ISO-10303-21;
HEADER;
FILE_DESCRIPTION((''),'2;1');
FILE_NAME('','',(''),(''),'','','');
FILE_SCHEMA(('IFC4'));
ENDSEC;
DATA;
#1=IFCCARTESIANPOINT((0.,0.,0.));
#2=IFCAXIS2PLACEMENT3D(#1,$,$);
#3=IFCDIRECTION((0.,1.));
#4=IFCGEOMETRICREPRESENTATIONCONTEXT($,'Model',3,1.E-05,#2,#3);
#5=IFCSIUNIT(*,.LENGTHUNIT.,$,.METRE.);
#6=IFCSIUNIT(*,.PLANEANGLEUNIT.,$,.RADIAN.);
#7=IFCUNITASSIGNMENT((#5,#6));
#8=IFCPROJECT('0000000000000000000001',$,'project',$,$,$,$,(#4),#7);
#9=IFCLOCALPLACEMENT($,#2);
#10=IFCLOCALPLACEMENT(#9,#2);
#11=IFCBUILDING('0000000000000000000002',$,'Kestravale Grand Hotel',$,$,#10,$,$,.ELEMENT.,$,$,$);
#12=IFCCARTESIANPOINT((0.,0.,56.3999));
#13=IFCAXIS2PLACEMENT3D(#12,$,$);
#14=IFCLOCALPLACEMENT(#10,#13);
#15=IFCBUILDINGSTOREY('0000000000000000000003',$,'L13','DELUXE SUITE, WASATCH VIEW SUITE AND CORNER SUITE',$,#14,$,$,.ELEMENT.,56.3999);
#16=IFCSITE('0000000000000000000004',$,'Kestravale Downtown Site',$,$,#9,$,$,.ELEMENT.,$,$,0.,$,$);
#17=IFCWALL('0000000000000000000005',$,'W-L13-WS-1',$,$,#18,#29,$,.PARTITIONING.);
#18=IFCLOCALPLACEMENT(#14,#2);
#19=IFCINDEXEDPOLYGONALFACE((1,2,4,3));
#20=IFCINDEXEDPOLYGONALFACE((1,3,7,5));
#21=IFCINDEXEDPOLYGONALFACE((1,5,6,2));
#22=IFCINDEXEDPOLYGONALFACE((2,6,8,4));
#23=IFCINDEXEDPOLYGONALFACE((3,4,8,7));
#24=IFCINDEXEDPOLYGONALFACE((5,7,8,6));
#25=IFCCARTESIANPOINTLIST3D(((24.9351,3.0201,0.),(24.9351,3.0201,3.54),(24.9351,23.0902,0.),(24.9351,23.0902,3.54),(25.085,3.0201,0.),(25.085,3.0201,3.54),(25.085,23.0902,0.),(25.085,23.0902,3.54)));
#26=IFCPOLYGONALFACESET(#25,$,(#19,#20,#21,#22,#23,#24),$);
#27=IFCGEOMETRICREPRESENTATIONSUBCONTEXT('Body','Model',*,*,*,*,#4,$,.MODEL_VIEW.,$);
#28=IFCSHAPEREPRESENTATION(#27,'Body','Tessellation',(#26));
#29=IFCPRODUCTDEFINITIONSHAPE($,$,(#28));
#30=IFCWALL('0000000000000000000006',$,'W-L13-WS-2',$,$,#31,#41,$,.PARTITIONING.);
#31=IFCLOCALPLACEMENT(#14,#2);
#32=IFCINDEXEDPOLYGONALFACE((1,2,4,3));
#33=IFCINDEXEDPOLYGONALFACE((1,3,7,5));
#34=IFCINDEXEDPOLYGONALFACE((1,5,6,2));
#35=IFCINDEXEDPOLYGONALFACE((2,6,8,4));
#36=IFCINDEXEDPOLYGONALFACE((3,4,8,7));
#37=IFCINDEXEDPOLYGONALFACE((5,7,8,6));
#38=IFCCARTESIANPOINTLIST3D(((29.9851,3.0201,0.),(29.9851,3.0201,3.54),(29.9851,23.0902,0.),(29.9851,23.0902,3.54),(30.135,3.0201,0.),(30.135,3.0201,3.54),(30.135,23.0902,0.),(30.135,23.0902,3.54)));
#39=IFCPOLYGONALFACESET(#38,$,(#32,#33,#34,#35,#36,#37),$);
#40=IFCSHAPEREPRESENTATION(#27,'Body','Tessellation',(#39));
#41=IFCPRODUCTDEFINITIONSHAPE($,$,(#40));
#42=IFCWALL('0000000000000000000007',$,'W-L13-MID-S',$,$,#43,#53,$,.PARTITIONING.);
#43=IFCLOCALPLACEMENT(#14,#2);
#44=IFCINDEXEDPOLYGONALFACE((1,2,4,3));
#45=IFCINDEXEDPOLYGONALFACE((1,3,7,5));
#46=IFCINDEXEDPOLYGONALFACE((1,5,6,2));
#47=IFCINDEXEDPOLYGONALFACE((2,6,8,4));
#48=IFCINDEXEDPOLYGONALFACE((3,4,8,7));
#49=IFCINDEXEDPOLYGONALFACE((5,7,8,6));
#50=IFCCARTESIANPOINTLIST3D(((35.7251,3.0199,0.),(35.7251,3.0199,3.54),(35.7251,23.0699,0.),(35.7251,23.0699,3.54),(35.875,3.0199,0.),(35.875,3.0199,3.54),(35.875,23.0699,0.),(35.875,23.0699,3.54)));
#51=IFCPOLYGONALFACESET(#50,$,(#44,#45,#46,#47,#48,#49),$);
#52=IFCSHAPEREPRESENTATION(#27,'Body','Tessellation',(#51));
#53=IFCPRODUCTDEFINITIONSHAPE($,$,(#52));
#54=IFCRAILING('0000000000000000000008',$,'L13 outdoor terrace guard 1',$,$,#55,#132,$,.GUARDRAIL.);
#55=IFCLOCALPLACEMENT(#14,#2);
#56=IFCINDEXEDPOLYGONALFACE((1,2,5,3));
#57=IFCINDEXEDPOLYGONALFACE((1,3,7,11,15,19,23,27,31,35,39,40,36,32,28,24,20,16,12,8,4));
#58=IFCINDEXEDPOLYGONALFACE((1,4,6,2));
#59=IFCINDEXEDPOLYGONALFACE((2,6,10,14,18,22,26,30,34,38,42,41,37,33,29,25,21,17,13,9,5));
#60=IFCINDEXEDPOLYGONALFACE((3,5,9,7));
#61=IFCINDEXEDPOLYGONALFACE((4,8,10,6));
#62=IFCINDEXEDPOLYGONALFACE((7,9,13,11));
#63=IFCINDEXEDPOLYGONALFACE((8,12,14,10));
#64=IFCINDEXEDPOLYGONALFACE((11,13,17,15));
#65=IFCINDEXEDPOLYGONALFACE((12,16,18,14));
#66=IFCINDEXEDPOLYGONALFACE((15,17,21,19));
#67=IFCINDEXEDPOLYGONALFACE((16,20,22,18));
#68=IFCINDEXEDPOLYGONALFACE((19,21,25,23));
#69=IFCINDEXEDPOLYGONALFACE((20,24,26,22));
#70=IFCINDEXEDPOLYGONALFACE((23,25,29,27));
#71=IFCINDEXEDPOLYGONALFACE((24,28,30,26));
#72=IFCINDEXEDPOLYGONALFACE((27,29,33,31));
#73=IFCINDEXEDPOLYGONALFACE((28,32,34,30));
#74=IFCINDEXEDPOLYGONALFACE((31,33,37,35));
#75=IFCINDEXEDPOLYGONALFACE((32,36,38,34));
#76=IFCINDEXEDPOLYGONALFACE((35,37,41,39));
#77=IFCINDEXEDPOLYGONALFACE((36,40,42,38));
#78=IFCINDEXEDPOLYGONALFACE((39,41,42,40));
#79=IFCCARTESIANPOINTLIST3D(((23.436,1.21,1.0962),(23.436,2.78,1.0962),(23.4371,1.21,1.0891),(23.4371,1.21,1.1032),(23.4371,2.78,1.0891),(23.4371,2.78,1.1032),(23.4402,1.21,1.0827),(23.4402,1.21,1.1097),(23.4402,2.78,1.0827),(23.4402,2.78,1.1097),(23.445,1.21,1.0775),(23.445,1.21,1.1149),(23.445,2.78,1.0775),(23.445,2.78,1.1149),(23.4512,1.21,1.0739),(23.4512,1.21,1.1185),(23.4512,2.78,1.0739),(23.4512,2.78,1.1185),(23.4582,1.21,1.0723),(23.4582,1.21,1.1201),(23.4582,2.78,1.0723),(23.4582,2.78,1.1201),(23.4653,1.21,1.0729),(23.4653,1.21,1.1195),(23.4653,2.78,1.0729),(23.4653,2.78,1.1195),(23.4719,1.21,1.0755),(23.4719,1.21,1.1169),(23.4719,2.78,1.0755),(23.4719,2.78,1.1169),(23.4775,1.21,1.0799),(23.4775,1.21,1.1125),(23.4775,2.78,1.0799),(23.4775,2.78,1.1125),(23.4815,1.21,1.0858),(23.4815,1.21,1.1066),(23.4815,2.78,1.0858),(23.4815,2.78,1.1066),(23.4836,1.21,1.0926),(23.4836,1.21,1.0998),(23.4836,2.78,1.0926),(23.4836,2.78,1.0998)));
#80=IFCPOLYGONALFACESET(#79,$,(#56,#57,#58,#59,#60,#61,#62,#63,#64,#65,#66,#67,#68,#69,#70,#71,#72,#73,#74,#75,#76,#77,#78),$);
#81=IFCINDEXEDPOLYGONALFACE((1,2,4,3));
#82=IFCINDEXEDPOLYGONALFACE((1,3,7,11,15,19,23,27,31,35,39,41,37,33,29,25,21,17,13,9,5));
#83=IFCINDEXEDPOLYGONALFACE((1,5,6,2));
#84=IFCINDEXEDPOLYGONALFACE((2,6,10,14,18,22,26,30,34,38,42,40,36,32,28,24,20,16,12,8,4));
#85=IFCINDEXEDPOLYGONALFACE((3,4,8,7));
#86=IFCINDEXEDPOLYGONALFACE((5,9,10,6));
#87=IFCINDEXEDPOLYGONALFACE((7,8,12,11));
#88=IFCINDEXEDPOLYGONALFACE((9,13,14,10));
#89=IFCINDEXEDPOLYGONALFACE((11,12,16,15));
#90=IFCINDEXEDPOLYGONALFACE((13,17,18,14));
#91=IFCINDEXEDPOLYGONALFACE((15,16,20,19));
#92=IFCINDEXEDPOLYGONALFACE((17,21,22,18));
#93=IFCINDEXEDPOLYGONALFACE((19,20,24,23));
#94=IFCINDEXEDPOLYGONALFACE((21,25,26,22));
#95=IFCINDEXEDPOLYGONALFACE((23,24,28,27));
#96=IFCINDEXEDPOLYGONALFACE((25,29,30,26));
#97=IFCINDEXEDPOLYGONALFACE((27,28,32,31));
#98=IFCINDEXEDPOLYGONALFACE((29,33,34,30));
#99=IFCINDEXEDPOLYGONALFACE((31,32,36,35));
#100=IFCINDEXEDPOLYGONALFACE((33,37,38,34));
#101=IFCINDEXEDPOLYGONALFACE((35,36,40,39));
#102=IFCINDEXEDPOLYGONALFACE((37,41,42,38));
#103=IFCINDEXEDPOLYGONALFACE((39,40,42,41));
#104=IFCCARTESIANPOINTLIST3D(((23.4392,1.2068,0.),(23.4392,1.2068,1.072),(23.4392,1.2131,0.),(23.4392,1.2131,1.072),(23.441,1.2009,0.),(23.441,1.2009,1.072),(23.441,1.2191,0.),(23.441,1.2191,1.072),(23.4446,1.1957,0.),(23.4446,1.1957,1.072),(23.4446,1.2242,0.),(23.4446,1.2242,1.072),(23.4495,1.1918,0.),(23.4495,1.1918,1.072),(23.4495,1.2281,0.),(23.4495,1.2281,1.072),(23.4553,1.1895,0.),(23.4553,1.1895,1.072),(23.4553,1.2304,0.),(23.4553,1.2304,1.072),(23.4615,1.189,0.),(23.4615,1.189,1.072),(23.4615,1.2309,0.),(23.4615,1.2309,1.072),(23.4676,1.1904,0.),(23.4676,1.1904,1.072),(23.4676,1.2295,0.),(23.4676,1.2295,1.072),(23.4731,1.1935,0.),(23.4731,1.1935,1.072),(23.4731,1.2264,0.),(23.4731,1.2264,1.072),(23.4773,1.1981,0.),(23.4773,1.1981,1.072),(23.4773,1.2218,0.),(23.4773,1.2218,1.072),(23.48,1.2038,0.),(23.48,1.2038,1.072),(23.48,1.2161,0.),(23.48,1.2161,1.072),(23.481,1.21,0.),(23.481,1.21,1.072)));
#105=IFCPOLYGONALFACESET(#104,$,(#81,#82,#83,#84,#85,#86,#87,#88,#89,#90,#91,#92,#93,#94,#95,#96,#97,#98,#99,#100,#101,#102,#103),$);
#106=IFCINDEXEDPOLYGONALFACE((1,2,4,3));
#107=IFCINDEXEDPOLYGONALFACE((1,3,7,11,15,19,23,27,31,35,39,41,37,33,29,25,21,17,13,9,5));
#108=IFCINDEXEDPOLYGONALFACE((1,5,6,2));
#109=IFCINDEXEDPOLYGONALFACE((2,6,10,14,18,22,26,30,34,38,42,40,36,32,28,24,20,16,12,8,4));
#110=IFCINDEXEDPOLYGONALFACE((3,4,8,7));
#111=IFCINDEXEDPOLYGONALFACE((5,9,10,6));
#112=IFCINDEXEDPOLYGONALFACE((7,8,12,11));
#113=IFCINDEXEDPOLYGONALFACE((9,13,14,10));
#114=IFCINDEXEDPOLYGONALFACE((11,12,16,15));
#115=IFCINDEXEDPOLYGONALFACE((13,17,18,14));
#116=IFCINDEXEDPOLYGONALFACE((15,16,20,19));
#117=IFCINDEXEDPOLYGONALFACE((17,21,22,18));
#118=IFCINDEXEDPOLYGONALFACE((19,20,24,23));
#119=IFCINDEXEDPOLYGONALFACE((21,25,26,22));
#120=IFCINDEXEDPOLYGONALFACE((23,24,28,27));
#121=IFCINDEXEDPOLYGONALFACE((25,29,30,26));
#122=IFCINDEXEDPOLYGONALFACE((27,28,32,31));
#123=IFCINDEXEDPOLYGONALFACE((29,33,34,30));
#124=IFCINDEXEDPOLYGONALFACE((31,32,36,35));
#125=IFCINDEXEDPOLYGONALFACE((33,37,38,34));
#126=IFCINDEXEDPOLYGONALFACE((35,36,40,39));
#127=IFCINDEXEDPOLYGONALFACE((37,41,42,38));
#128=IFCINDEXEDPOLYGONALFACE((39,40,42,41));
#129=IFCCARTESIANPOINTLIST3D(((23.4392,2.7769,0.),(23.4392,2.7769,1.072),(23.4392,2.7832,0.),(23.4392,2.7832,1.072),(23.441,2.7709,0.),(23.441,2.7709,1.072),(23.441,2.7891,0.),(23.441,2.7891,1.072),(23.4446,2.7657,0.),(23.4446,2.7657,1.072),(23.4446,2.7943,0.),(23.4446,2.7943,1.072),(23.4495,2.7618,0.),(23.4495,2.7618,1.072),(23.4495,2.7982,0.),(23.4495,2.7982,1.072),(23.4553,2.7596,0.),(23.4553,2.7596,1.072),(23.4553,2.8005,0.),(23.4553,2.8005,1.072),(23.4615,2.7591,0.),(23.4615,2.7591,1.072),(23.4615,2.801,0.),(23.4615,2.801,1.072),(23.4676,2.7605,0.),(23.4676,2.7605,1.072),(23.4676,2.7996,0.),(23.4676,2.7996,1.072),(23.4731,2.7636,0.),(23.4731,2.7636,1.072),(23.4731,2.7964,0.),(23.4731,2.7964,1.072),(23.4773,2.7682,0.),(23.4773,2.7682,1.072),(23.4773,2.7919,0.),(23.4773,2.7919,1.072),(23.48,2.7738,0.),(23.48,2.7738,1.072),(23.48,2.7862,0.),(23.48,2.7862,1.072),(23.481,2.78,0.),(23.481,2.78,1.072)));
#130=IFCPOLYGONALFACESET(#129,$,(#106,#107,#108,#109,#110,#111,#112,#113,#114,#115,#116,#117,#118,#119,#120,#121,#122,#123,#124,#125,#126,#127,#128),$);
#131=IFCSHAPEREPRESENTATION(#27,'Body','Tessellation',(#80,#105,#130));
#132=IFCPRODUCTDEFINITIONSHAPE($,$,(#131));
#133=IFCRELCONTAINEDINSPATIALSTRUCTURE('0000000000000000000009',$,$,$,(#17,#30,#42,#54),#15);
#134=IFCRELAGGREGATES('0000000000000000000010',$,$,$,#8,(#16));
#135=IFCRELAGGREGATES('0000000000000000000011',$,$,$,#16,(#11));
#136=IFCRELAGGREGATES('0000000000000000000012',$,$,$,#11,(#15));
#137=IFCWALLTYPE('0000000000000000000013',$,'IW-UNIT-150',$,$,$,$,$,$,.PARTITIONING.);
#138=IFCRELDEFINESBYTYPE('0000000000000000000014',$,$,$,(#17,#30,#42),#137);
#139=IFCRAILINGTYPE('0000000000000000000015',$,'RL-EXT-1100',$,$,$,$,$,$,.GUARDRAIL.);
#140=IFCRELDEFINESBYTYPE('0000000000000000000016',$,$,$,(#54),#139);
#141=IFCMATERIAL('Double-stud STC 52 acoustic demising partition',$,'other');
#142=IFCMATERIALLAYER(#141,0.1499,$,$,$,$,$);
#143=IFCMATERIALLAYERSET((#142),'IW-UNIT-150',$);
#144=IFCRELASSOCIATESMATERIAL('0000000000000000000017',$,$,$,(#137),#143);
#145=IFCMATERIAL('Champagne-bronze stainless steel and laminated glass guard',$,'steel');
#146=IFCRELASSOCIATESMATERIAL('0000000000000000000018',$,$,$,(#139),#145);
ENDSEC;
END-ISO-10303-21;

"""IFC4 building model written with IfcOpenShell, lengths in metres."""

from ifc_helpers import new_model, si_unit, direction, frame, frame_2d, origin, origin_2d, place, context, subcontext, project, spatial, rectangle, circle, extrude, material, layer, layer_set, type_object, element, save


model = new_model("IFC4")

# Units and contexts
model_context = context("Model", 3, precision=1e-05, world=origin(), true_north=direction((0.0, 1.0)))
body_context = subcontext(model_context, "Body", "Model", "MODEL_VIEW")
ifc_project = project(units=[si_unit("LENGTHUNIT", "METRE"), si_unit("PLANEANGLEUNIT", "RADIAN")], contexts=[model_context])

# Site, building, storey
site_placement = place(None, origin())
site = spatial("IfcSite", under=ifc_project, at=site_placement, Name="Kestravale Downtown Site", CompositionType="ELEMENT", RefElevation=0.0)
building_placement = place(site_placement, origin())
building = spatial("IfcBuilding", under=site, at=building_placement, Name="Kestravale Grand Hotel", CompositionType="ELEMENT")
storey_placement = place(building_placement, frame((0.0, 0.0, 56.3999)))
storey = spatial("IfcBuildingStorey", under=building, at=storey_placement, Name="L13", Description="DELUXE SUITE, WASATCH VIEW SUITE AND CORNER SUITE", CompositionType="ELEMENT", Elevation=56.3999)

# Walls
ifc_material_1 = material(Name="Double-stud STC 52 acoustic demising partition", Category="other")
ifc_layer = layer(ifc_material_1, 0.1499)
ifc_layer_set = layer_set([ifc_layer], Name="IW-UNIT-150")
wall_type = type_object("IfcWallType", Name="IW-UNIT-150", PredefinedType="PARTITIONING", material=ifc_layer_set)
for number, where, z_axis, x_axis, name in (
    (1, (25.01, 3.02, 0.0), (0.0, 0.0, 1.0), (0.0, 1.0, 0.0), "W-L13-WS-1"),
    (2, (30.0601, 3.02, 0.0), (0.0, 0.0, 1.0), (0.0, 1.0, 0.0), "W-L13-WS-2"),
):
    element("IfcWall", number, at=place(storey_placement, frame(where, z_axis=z_axis, x_axis=x_axis)), inside=storey, type_object=wall_type, Name=name, PredefinedType="PARTITIONING", context=body_context, shape_type="SweptSolid", body=[
        extrude(rectangle(XDim=20.0701, YDim=0.1499, at=frame_2d((10.0352, 0.0))), origin(), (0.0, 0.0, 1.0), 3.54),
    ])
wall_placement = place(storey_placement, frame((35.8, 3.02, 0.0), z_axis=(0.0, 0.0, 1.0), x_axis=(0.0, 1.0, 0.0)))
element("IfcWall", 3, at=wall_placement, inside=storey, type_object=wall_type, Name="W-L13-MID-S", PredefinedType="PARTITIONING", context=body_context, shape_type="SweptSolid", body=[
    extrude(rectangle(XDim=20.05, YDim=0.1499, at=frame_2d((10.0249, 0.0))), origin(), (0.0, 0.0, 1.0), 3.54),
])

# Railing
ifc_material_2 = material(Name="Champagne-bronze stainless steel and laminated glass guard", Category="steel")
railing_type = type_object("IfcRailingType", Name="RL-EXT-1100", PredefinedType="GUARDRAIL", material=ifc_material_2)
railing_1_placement = place(storey_placement, frame((23.46, 1.21, 0.0)))
element("IfcRailing", 4, at=railing_1_placement, inside=storey, type_object=railing_type, Name="L13 outdoor terrace guard 1", PredefinedType="GUARDRAIL", context=body_context, shape_type="SweptSolid", body=[
    extrude(circle(Radius=0.0239, at=origin_2d()), frame((0.0, 0.0, 1.0962), z_axis=(0.0, 1.0, 0.0), x_axis=(-1.0, 0.0, 0.0)), (0.0, 0.0, 1.0), 1.5701),
    extrude(circle(Radius=0.021, at=origin_2d()), origin(), (0.0, 0.0, 1.0), 1.072),
    extrude(circle(Radius=0.021, at=origin_2d()), frame((0.0, 1.5701, 0.0)), (0.0, 0.0, 1.0), 1.072),
])

save(model, "model.ifc")
